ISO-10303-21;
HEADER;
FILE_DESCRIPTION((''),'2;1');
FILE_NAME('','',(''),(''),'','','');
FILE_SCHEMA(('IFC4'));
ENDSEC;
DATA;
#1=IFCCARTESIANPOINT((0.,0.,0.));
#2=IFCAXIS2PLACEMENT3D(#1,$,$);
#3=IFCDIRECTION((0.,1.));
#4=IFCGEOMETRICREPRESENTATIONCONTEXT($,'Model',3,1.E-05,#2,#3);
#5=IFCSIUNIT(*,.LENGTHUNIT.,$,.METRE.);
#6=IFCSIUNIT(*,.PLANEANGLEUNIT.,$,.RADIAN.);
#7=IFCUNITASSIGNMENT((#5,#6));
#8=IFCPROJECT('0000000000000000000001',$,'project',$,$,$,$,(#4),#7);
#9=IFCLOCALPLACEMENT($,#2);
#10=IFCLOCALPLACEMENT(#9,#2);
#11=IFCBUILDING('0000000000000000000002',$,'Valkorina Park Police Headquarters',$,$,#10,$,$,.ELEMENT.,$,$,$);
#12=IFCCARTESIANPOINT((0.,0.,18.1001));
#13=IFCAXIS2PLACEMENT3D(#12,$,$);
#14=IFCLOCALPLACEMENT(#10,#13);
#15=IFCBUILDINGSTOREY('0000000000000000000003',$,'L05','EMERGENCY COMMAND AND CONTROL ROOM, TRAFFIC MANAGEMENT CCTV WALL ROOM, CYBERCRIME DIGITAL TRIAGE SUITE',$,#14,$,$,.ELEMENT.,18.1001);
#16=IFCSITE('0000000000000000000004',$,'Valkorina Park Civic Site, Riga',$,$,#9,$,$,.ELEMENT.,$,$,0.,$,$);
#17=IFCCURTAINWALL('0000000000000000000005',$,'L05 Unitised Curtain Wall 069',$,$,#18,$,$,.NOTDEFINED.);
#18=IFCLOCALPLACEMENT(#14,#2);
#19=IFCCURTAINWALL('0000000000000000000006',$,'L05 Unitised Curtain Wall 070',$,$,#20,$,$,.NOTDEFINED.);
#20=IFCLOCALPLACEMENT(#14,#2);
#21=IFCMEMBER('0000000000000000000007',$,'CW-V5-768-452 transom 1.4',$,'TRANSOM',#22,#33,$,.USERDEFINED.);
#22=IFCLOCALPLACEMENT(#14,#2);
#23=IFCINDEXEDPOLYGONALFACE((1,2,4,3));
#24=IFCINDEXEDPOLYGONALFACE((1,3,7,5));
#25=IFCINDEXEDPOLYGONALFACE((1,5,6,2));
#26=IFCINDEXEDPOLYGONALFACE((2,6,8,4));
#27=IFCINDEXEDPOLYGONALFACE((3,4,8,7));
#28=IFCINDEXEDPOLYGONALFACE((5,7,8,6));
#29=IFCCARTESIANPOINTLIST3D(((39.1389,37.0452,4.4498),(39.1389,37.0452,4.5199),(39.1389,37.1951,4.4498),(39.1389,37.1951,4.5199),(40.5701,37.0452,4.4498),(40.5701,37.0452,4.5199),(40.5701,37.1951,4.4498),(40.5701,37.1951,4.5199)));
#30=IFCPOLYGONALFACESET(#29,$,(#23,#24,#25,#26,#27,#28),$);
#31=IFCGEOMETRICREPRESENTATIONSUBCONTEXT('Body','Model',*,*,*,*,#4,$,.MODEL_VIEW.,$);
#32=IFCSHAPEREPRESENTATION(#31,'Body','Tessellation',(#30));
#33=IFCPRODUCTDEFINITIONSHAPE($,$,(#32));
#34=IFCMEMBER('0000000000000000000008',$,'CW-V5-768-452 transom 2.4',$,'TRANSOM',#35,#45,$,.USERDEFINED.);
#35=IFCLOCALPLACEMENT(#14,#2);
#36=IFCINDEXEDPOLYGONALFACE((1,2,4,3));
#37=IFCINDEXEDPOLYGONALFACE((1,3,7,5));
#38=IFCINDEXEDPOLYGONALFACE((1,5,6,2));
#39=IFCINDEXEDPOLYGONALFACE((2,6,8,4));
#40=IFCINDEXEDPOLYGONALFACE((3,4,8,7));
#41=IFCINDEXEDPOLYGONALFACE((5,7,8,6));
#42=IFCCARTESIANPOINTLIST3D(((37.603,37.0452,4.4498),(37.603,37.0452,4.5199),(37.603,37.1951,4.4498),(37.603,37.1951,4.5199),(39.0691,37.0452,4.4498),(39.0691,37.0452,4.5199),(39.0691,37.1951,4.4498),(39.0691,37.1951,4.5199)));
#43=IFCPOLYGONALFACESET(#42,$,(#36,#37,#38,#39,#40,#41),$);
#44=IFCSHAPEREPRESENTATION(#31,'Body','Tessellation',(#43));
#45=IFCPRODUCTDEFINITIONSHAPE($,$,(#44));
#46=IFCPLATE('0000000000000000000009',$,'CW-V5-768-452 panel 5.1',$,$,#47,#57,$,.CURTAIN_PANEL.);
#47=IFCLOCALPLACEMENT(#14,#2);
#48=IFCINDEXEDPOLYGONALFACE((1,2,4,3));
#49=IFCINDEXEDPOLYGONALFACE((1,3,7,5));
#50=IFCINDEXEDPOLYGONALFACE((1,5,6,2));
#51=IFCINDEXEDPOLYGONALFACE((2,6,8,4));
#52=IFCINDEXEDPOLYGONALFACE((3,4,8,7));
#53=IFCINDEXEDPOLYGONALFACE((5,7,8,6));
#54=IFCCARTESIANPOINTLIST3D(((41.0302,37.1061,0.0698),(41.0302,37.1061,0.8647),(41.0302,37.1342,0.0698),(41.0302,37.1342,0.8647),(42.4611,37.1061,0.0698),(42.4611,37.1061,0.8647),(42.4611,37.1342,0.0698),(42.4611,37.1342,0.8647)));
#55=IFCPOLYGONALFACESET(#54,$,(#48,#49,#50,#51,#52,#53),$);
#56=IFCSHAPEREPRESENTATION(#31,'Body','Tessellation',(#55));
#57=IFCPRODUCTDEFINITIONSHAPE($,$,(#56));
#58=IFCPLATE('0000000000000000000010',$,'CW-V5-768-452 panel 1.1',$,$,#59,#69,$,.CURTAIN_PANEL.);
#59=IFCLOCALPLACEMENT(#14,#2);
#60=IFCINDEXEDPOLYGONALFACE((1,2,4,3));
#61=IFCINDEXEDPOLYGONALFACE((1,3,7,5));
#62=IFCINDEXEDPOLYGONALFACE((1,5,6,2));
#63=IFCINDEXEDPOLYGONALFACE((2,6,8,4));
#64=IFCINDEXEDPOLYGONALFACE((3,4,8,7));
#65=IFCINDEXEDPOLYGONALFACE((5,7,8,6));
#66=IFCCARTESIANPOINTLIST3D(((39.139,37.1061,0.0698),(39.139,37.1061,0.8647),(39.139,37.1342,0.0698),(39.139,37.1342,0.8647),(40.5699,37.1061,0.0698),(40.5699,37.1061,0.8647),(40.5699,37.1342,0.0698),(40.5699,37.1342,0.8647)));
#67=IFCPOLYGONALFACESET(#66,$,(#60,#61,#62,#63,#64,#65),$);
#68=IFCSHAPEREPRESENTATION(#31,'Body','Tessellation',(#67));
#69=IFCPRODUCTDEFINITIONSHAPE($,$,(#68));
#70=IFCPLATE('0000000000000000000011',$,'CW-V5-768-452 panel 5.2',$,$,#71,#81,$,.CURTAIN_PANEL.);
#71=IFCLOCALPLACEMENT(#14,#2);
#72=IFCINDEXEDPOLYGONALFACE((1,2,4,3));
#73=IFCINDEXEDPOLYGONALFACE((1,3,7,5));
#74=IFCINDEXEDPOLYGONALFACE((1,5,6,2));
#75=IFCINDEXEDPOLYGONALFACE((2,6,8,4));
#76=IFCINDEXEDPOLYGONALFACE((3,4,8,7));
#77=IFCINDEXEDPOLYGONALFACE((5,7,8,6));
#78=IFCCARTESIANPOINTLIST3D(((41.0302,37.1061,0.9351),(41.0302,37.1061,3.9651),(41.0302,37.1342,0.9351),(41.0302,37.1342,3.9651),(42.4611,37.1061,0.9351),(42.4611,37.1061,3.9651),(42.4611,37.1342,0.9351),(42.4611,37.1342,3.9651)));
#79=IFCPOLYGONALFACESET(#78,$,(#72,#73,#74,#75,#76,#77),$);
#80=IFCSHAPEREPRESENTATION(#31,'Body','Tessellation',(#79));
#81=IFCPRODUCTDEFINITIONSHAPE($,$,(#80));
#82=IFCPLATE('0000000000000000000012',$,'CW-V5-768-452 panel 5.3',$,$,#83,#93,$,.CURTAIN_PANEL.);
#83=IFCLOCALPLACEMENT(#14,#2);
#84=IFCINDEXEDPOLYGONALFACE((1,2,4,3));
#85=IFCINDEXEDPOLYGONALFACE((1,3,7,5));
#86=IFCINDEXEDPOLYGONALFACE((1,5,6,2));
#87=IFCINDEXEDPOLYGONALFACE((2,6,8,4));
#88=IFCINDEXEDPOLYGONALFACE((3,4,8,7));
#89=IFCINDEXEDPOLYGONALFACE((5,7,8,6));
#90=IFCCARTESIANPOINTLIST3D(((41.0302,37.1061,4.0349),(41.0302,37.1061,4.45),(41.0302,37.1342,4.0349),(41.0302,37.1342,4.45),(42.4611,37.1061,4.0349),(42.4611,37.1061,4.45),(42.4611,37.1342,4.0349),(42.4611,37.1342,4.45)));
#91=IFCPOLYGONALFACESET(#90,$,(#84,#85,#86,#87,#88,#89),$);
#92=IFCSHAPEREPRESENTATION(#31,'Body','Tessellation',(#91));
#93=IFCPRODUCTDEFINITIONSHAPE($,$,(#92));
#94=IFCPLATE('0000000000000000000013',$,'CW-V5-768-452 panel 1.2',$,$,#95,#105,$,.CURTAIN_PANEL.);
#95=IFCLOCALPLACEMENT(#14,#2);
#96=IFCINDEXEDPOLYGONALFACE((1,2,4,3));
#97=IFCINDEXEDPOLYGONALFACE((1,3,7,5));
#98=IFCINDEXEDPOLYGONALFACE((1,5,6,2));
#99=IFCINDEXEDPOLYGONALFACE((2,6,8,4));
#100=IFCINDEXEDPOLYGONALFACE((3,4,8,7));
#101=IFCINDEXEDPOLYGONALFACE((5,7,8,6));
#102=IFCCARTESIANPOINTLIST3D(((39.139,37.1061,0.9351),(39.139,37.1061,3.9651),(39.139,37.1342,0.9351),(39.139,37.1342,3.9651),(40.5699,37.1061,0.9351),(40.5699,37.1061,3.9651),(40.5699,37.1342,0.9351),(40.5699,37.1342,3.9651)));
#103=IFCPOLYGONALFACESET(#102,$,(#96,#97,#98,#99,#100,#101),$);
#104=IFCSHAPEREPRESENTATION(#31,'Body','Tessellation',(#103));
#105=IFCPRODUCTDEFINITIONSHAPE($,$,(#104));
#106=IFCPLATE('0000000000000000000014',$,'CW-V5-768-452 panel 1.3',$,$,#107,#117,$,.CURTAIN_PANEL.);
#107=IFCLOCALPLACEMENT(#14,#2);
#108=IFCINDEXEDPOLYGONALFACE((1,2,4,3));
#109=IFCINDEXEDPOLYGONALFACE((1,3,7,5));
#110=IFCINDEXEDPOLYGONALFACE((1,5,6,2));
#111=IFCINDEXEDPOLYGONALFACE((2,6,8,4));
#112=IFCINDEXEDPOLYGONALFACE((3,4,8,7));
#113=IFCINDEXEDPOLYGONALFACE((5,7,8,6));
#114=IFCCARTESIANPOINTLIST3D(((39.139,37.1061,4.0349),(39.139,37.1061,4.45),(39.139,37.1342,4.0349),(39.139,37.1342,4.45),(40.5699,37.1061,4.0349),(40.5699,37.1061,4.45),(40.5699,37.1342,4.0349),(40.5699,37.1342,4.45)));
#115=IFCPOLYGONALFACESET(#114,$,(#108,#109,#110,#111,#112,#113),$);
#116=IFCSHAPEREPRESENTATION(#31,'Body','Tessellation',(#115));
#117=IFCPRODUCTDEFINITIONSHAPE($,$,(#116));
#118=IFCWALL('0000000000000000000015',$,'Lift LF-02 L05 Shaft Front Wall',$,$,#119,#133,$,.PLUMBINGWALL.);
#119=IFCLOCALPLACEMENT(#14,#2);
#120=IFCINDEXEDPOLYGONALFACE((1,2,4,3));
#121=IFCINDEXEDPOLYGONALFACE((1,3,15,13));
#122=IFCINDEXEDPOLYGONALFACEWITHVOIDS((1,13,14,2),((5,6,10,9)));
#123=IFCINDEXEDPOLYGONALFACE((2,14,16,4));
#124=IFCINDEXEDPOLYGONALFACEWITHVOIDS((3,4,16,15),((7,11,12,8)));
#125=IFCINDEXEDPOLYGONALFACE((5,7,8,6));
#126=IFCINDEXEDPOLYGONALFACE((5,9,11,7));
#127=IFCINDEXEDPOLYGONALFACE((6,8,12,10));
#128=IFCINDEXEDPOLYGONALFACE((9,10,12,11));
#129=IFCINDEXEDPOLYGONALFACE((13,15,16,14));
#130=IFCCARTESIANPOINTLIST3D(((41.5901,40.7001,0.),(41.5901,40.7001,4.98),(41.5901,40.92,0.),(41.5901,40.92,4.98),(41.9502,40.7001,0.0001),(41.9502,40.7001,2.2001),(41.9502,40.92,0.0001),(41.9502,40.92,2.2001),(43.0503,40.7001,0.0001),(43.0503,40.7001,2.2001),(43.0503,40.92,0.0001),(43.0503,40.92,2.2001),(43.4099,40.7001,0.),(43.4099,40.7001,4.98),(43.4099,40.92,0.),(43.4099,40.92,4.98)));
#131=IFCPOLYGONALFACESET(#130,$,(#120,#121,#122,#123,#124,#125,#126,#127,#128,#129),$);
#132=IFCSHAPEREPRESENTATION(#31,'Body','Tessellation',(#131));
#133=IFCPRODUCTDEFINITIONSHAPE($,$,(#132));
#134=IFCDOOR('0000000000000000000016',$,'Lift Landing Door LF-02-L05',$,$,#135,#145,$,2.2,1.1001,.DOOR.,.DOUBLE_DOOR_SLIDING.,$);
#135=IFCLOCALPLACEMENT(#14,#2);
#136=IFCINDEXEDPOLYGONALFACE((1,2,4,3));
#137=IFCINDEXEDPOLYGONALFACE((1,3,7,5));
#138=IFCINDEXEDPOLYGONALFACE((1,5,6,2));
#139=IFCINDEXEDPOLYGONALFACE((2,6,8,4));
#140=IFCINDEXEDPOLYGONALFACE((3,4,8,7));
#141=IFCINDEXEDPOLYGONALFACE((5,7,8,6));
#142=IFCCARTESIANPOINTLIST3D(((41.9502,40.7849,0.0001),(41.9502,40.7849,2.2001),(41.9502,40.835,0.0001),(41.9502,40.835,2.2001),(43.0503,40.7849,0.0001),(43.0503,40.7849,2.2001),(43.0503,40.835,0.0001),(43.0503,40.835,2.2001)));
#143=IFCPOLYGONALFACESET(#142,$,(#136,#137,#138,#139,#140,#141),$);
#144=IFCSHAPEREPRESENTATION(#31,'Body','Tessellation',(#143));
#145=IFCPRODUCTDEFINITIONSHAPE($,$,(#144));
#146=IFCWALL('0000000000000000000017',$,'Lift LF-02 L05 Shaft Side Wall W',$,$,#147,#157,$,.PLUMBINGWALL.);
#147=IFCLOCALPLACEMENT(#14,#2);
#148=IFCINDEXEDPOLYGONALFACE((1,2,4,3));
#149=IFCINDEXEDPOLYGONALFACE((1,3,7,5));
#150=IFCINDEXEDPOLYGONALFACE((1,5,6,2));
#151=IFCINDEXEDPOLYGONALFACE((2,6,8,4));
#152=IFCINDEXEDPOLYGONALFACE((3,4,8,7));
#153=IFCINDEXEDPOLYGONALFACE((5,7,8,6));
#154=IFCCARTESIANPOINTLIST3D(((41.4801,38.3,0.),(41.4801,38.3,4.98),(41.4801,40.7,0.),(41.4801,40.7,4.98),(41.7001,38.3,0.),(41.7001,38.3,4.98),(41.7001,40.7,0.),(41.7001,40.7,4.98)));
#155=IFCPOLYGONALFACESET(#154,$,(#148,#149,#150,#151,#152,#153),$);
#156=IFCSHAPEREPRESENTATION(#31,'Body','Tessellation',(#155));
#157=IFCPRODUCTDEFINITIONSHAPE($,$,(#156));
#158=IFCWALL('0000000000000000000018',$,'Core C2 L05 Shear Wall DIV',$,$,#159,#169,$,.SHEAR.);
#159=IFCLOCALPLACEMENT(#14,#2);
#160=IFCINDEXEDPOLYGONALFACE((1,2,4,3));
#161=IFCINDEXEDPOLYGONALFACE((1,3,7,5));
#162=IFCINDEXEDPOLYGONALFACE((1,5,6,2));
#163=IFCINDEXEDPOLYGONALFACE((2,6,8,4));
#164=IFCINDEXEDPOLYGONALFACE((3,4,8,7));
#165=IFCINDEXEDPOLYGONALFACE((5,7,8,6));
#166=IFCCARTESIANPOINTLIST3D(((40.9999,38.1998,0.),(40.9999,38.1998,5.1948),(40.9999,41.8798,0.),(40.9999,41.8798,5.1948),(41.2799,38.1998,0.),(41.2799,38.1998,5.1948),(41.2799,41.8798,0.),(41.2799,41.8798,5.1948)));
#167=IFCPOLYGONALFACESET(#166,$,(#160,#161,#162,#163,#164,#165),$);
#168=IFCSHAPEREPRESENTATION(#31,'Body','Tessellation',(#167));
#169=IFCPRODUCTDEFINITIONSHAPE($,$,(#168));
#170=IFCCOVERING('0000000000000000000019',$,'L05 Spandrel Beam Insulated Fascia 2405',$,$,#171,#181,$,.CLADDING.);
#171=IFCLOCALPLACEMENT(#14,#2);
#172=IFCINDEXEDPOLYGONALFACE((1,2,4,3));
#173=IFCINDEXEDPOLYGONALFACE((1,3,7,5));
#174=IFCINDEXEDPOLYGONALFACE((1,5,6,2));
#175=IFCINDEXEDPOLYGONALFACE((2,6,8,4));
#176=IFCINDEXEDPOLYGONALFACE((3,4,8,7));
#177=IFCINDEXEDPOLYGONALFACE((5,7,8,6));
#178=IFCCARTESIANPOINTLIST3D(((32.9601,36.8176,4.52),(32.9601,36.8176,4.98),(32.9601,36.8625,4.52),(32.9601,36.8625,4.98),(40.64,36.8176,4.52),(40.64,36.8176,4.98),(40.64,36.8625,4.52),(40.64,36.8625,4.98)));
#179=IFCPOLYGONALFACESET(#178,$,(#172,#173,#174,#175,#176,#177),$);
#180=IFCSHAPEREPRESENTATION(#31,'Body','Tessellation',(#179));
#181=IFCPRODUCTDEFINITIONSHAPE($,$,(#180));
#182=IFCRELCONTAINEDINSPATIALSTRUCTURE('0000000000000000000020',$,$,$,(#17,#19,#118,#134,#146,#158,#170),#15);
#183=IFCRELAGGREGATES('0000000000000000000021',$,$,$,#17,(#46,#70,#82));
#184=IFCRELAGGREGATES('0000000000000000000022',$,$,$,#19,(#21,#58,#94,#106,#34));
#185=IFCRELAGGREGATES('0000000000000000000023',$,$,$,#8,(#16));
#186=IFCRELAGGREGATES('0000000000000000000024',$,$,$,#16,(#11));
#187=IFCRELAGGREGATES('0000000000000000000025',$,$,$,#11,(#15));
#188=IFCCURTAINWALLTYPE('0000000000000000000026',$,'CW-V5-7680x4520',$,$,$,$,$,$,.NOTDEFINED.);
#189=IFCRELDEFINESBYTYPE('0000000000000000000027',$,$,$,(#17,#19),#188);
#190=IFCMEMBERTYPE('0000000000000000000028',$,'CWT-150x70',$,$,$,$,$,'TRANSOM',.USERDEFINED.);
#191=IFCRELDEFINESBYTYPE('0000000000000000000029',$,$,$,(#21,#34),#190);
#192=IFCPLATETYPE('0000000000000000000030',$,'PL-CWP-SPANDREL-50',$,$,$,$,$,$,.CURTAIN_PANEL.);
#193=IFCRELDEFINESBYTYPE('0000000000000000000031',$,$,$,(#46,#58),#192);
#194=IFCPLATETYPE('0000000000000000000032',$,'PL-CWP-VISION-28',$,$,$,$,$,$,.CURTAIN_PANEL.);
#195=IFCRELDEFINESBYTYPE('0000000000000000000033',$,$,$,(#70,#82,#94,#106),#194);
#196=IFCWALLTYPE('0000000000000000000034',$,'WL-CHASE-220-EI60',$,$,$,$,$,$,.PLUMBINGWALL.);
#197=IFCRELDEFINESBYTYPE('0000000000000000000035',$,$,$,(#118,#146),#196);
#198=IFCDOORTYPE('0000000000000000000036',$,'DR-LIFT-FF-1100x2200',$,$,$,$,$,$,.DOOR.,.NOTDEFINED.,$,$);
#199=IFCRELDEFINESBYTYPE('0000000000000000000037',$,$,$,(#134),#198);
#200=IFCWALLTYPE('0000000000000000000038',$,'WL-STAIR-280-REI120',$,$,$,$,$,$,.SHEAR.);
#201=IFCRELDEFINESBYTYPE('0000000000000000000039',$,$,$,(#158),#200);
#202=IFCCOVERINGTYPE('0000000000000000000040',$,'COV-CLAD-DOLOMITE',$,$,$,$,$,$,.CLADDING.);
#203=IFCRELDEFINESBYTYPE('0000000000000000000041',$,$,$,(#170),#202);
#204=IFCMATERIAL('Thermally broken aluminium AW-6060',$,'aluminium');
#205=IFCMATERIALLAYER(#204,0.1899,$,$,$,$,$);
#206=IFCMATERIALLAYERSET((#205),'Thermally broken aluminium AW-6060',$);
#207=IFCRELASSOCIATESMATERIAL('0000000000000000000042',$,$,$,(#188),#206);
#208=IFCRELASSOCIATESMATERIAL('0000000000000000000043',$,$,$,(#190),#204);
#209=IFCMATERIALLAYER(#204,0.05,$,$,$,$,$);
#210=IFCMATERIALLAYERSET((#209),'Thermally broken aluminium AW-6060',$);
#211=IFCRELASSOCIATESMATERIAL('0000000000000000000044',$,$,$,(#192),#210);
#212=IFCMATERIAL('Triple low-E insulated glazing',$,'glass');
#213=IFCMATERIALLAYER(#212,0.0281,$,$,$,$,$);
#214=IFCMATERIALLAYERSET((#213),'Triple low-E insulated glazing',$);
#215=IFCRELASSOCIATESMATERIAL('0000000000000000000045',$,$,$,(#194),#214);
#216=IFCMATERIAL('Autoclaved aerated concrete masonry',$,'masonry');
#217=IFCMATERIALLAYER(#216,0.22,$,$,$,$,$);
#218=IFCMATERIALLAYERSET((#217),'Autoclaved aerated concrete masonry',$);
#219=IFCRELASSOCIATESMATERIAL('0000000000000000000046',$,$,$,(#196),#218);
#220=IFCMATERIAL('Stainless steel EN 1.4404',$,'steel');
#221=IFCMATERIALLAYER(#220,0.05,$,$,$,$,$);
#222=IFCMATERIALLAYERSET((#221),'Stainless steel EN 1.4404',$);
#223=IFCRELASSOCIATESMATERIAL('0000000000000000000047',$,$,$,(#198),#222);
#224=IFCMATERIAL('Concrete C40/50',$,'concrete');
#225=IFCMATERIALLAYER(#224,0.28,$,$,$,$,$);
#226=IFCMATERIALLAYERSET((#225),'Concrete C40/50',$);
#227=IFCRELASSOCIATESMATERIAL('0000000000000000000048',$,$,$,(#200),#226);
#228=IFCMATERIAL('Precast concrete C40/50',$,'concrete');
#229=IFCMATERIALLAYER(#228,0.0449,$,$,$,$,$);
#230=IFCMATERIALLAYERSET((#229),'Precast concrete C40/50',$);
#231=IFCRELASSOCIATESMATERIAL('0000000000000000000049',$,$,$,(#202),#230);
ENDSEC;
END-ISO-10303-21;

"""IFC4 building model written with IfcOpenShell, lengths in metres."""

from ifc_helpers import new_model, si_unit, direction, frame, frame_2d, origin, origin_2d, place, context, subcontext, project, spatial, rectangle, extrude, material, layer, layer_set, material_profile, profile_set, type_object, element, fill, aggregate, save


model = new_model("IFC4")

# Units and contexts
model_context = context("Model", 3, precision=1e-05, world=origin(), true_north=direction((0.0, 1.0)))
body_context = subcontext(model_context, "Body", "Model", "MODEL_VIEW")
ifc_project = project(units=[si_unit("LENGTHUNIT", "METRE"), si_unit("PLANEANGLEUNIT", "RADIAN")], contexts=[model_context])

# Site, building, storey
site_placement = place(None, origin())
site = spatial("IfcSite", under=ifc_project, at=site_placement, Name="Valkorina Park Civic Site, Riga", CompositionType="ELEMENT", RefElevation=0.0)
building_placement = place(site_placement, origin())
building = spatial("IfcBuilding", under=site, at=building_placement, Name="Valkorina Park Police Headquarters", CompositionType="ELEMENT")
storey_placement = place(building_placement, frame((0.0, 0.0, 18.1001)))
storey = spatial("IfcBuildingStorey", under=building, at=storey_placement, Name="L05", Description="EMERGENCY COMMAND AND CONTROL ROOM, TRAFFIC MANAGEMENT CCTV WALL ROOM, CYBERCRIME DIGITAL TRIAGE SUITE", CompositionType="ELEMENT", Elevation=18.1001)

# Curtain walls
ifc_material_1 = material(Name="Thermally broken aluminium AW-6060", Category="aluminium")
ifc_layer_1 = layer(ifc_material_1, 0.1899)
ifc_layer_set_1 = layer_set([ifc_layer_1], Name="Thermally broken aluminium AW-6060")
curtain_wall_type = type_object("IfcCurtainWallType", Name="CW-V5-7680x4520", PredefinedType="NOTDEFINED", material=ifc_layer_set_1)
curtain_wall_1_placement = place(storey_placement, origin())
curtain_wall_1 = element("IfcCurtainWall", 1, at=curtain_wall_1_placement, inside=storey, type_object=curtain_wall_type, Name="L05 Unitised Curtain Wall 069", PredefinedType="NOTDEFINED")
curtain_wall_2_placement = place(storey_placement, origin())
curtain_wall_2 = element("IfcCurtainWall", 2, at=curtain_wall_2_placement, inside=storey, type_object=curtain_wall_type, Name="L05 Unitised Curtain Wall 070", PredefinedType="NOTDEFINED")

# Members
ifc_material_profile_1 = material_profile(ifc_material_1, rectangle(XDim=0.1499, YDim=0.0701, at=origin_2d()), Name="CWT-02 150x70")
ifc_profile_set_1 = profile_set([ifc_material_profile_1], Name="Thermally broken aluminium AW-6060")
member_type_1 = type_object("IfcMemberType", Name="CWT-150x70", ElementType="TRANSOM", PredefinedType="USERDEFINED", material=ifc_profile_set_1)
member_1_placement = place(storey_placement, frame((40.5701, 37.1201, 4.4849), z_axis=(-1.0, 0.0, 0.0), x_axis=(0.0, -1.0, 0.0)))
member_1 = element("IfcMember", 3, at=member_1_placement, type_object=member_type_1, Name="CW-V5-768-452 transom 1.4", ObjectType="TRANSOM", PredefinedType="USERDEFINED", context=body_context, shape_type="SweptSolid", body=[
    extrude(rectangle(XDim=0.1499, YDim=0.0701, at=origin_2d()), origin(), (0.0, 0.0, 1.0), 1.4312),
])
member_2_placement = place(storey_placement, frame((39.0691, 37.1201, 4.4849), z_axis=(-1.0, 0.0, 0.0), x_axis=(0.0, -1.0, 0.0)))
member_2 = element("IfcMember", 4, at=member_2_placement, type_object=member_type_1, Name="CW-V5-768-452 transom 2.4", ObjectType="TRANSOM", PredefinedType="USERDEFINED", context=body_context, shape_type="SweptSolid", body=[
    extrude(rectangle(XDim=0.1499, YDim=0.0701, at=origin_2d()), origin(), (0.0, 0.0, 1.0), 1.4661),
])

# Plates
ifc_layer_2 = layer(ifc_material_1, 0.05)
ifc_layer_set_2 = layer_set([ifc_layer_2], Name="Thermally broken aluminium AW-6060")
plate_type_1 = type_object("IfcPlateType", Name="PL-CWP-SPANDREL-50", PredefinedType="CURTAIN_PANEL", material=ifc_layer_set_2)
plate_1_placement = place(storey_placement, frame((41.7456, 37.1201, 0.0698), z_axis=(0.0, 0.0, 1.0), x_axis=(-1.0, 0.0, 0.0)))
plate_1 = element("IfcPlate", 5, at=plate_1_placement, type_object=plate_type_1, Name="CW-V5-768-452 panel 5.1", PredefinedType="CURTAIN_PANEL", context=body_context, shape_type="SweptSolid", body=[
    extrude(rectangle(XDim=1.4309, YDim=0.0281, at=origin_2d()), origin(), (0.0, 0.0, 1.0), 0.7949),
])
plate_2_placement = place(storey_placement, frame((39.8545, 37.1201, 0.0698), z_axis=(0.0, 0.0, 1.0), x_axis=(-1.0, 0.0, 0.0)))
plate_2 = element("IfcPlate", 6, at=plate_2_placement, type_object=plate_type_1, Name="CW-V5-768-452 panel 1.1", PredefinedType="CURTAIN_PANEL", context=body_context, shape_type="SweptSolid", body=[
    extrude(rectangle(XDim=1.4309, YDim=0.0281, at=origin_2d()), origin(), (0.0, 0.0, 1.0), 0.7949),
])
ifc_material_2 = material(Name="Triple low-E insulated glazing", Category="glass")
ifc_layer_3 = layer(ifc_material_2, 0.0281)
ifc_layer_set_3 = layer_set([ifc_layer_3], Name="Triple low-E insulated glazing")
plate_type_2 = type_object("IfcPlateType", Name="PL-CWP-VISION-28", PredefinedType="CURTAIN_PANEL", material=ifc_layer_set_3)
plate_3_placement = place(storey_placement, frame((41.7456, 37.1201, 0.9351), z_axis=(0.0, 0.0, 1.0), x_axis=(-1.0, 0.0, 0.0)))
plate_3 = element("IfcPlate", 7, at=plate_3_placement, type_object=plate_type_2, Name="CW-V5-768-452 panel 5.2", PredefinedType="CURTAIN_PANEL", context=body_context, shape_type="SweptSolid", body=[
    extrude(rectangle(XDim=1.4309, YDim=0.0281, at=origin_2d()), origin(), (0.0, 0.0, 1.0), 3.03),
])
plate_4_placement = place(storey_placement, frame((41.7456, 37.1201, 4.0349), z_axis=(0.0, 0.0, 1.0), x_axis=(-1.0, 0.0, 0.0)))
plate_4 = element("IfcPlate", 8, at=plate_4_placement, type_object=plate_type_2, Name="CW-V5-768-452 panel 5.3", PredefinedType="CURTAIN_PANEL", context=body_context, shape_type="SweptSolid", body=[
    extrude(rectangle(XDim=1.4309, YDim=0.0281, at=origin_2d()), origin(), (0.0, 0.0, 1.0), 0.415),
])
aggregate(curtain_wall_1, [plate_1, plate_3, plate_4])
plate_5_placement = place(storey_placement, frame((39.8545, 37.1201, 0.9351), z_axis=(0.0, 0.0, 1.0), x_axis=(-1.0, 0.0, 0.0)))
plate_5 = element("IfcPlate", 9, at=plate_5_placement, type_object=plate_type_2, Name="CW-V5-768-452 panel 1.2", PredefinedType="CURTAIN_PANEL", context=body_context, shape_type="SweptSolid", body=[
    extrude(rectangle(XDim=1.4309, YDim=0.0281, at=origin_2d()), origin(), (0.0, 0.0, 1.0), 3.03),
])
plate_6_placement = place(storey_placement, frame((39.8545, 37.1201, 4.0349), z_axis=(0.0, 0.0, 1.0), x_axis=(-1.0, 0.0, 0.0)))
plate_6 = element("IfcPlate", 10, at=plate_6_placement, type_object=plate_type_2, Name="CW-V5-768-452 panel 1.3", PredefinedType="CURTAIN_PANEL", context=body_context, shape_type="SweptSolid", body=[
    extrude(rectangle(XDim=1.4309, YDim=0.0281, at=origin_2d()), origin(), (0.0, 0.0, 1.0), 0.415),
])
aggregate(curtain_wall_2, [member_1, plate_2, plate_5, plate_6, member_2])

# Wall, opening, door
ifc_material_3 = material(Name="Autoclaved aerated concrete masonry", Category="masonry")
ifc_layer_4 = layer(ifc_material_3, 0.22)
ifc_layer_set_4 = layer_set([ifc_layer_4], Name="Autoclaved aerated concrete masonry")
wall_type_1 = type_object("IfcWallType", Name="WL-CHASE-220-EI60", PredefinedType="PLUMBINGWALL", material=ifc_layer_set_4)
wall_1_placement = place(storey_placement, frame((41.5901, 40.8101, 0.0), z_axis=(0.0, 0.0, 1.0), x_axis=(1.0, 0.0, 0.0)))
wall_1 = element("IfcWall", 11, at=wall_1_placement, inside=storey, type_object=wall_type_1, Name="Lift LF-02 L05 Shaft Front Wall", PredefinedType="PLUMBINGWALL", context=body_context, shape_type="SweptSolid", body=[
    extrude(rectangle(XDim=1.8198, YDim=0.22, at=frame_2d((0.9099, 0.0))), origin(), (0.0, 0.0, 1.0), 4.98),
])
opening_placement = place(wall_1_placement, frame((0.3601, 0.0, 0.0)))
opening = element("IfcOpeningElement", 12, at=opening_placement, cuts=wall_1, PredefinedType="OPENING", context=body_context, shape_type="SweptSolid", body=[
    extrude(rectangle(XDim=1.1001, YDim=2.2, at=frame_2d((0.55, 1.1001))), frame((0.0, 0.1201, 0.0), z_axis=(0.0, -1.0, 0.0), x_axis=(1.0, 0.0, 0.0)), (0.0, 0.0, 1.0), 0.24),
])
ifc_material_4 = material(Name="Stainless steel EN 1.4404", Category="steel")
ifc_layer_5 = layer(ifc_material_4, 0.05)
ifc_layer_set_5 = layer_set([ifc_layer_5], Name="Stainless steel EN 1.4404")
door_type = type_object("IfcDoorType", Name="DR-LIFT-FF-1100x2200", OperationType="NOTDEFINED", PredefinedType="DOOR", material=ifc_layer_set_5)
door_placement = place(opening_placement, origin())
door = element("IfcDoor", 13, at=door_placement, inside=storey, type_object=door_type, Name="Lift Landing Door LF-02-L05", OperationType="DOUBLE_DOOR_SLIDING", OverallHeight=2.2, OverallWidth=1.1001, PredefinedType="DOOR", context=body_context, shape_type="SweptSolid", body=[
    extrude(rectangle(XDim=1.1001, YDim=2.2, at=frame_2d((0.55, 1.1001))), frame((0.0, 0.0249, 0.0), z_axis=(0.0, -1.0, 0.0), x_axis=(1.0, 0.0, 0.0)), (0.0, 0.0, 1.0), 0.05),
])
fill(opening, door)

# Walls
wall_2_placement = place(storey_placement, frame((41.5901, 38.3, 0.0), z_axis=(0.0, 0.0, 1.0), x_axis=(0.0, 1.0, 0.0)))
element("IfcWall", 14, at=wall_2_placement, inside=storey, type_object=wall_type_1, Name="Lift LF-02 L05 Shaft Side Wall W", PredefinedType="PLUMBINGWALL", context=body_context, shape_type="SweptSolid", body=[
    extrude(rectangle(XDim=2.3999, YDim=0.22, at=frame_2d((1.2, 0.0))), origin(), (0.0, 0.0, 1.0), 4.98),
])
ifc_material_5 = material(Name="Concrete C40/50", Category="concrete")
ifc_layer_6 = layer(ifc_material_5, 0.28)
ifc_layer_set_6 = layer_set([ifc_layer_6], Name="Concrete C40/50")
wall_type_2 = type_object("IfcWallType", Name="WL-STAIR-280-REI120", PredefinedType="SHEAR", material=ifc_layer_set_6)
wall_3_placement = place(storey_placement, frame((41.1399, 38.2, 0.0), z_axis=(0.0, 0.0, 1.0), x_axis=(0.0, 1.0, 0.0)))
element("IfcWall", 15, at=wall_3_placement, inside=storey, type_object=wall_type_2, Name="Core C2 L05 Shear Wall DIV", PredefinedType="SHEAR", context=body_context, shape_type="SweptSolid", body=[
    extrude(rectangle(XDim=3.6799, YDim=0.28, at=frame_2d((1.8398, 0.0))), origin(), (0.0, 0.0, 1.0), 5.1948),
])

# Covering
ifc_material_6 = material(Name="Precast concrete C40/50", Category="concrete")
ifc_layer_7 = layer(ifc_material_6, 0.0449)
ifc_layer_set_7 = layer_set([ifc_layer_7], Name="Precast concrete C40/50")
covering_type_1 = type_object("IfcCoveringType", Name="COV-CLAD-DOLOMITE", PredefinedType="CLADDING", material=ifc_layer_set_7)
covering_1_placement = place(storey_placement, frame((40.6399, 36.8401, 4.52), z_axis=(0.0, 0.0, 1.0), x_axis=(-1.0, 0.0, 0.0)))
element("IfcCovering", 16, at=covering_1_placement, inside=storey, type_object=covering_type_1, Name="L05 Spandrel Beam Insulated Fascia 2405", PredefinedType="CLADDING", context=body_context, shape_type="SweptSolid", body=[
    extrude(rectangle(XDim=7.6799, YDim=0.0449, at=frame_2d((3.8398, 0.0))), origin(), (0.0, 0.0, 1.0), 0.46),
])

save(model, "model.ifc")
